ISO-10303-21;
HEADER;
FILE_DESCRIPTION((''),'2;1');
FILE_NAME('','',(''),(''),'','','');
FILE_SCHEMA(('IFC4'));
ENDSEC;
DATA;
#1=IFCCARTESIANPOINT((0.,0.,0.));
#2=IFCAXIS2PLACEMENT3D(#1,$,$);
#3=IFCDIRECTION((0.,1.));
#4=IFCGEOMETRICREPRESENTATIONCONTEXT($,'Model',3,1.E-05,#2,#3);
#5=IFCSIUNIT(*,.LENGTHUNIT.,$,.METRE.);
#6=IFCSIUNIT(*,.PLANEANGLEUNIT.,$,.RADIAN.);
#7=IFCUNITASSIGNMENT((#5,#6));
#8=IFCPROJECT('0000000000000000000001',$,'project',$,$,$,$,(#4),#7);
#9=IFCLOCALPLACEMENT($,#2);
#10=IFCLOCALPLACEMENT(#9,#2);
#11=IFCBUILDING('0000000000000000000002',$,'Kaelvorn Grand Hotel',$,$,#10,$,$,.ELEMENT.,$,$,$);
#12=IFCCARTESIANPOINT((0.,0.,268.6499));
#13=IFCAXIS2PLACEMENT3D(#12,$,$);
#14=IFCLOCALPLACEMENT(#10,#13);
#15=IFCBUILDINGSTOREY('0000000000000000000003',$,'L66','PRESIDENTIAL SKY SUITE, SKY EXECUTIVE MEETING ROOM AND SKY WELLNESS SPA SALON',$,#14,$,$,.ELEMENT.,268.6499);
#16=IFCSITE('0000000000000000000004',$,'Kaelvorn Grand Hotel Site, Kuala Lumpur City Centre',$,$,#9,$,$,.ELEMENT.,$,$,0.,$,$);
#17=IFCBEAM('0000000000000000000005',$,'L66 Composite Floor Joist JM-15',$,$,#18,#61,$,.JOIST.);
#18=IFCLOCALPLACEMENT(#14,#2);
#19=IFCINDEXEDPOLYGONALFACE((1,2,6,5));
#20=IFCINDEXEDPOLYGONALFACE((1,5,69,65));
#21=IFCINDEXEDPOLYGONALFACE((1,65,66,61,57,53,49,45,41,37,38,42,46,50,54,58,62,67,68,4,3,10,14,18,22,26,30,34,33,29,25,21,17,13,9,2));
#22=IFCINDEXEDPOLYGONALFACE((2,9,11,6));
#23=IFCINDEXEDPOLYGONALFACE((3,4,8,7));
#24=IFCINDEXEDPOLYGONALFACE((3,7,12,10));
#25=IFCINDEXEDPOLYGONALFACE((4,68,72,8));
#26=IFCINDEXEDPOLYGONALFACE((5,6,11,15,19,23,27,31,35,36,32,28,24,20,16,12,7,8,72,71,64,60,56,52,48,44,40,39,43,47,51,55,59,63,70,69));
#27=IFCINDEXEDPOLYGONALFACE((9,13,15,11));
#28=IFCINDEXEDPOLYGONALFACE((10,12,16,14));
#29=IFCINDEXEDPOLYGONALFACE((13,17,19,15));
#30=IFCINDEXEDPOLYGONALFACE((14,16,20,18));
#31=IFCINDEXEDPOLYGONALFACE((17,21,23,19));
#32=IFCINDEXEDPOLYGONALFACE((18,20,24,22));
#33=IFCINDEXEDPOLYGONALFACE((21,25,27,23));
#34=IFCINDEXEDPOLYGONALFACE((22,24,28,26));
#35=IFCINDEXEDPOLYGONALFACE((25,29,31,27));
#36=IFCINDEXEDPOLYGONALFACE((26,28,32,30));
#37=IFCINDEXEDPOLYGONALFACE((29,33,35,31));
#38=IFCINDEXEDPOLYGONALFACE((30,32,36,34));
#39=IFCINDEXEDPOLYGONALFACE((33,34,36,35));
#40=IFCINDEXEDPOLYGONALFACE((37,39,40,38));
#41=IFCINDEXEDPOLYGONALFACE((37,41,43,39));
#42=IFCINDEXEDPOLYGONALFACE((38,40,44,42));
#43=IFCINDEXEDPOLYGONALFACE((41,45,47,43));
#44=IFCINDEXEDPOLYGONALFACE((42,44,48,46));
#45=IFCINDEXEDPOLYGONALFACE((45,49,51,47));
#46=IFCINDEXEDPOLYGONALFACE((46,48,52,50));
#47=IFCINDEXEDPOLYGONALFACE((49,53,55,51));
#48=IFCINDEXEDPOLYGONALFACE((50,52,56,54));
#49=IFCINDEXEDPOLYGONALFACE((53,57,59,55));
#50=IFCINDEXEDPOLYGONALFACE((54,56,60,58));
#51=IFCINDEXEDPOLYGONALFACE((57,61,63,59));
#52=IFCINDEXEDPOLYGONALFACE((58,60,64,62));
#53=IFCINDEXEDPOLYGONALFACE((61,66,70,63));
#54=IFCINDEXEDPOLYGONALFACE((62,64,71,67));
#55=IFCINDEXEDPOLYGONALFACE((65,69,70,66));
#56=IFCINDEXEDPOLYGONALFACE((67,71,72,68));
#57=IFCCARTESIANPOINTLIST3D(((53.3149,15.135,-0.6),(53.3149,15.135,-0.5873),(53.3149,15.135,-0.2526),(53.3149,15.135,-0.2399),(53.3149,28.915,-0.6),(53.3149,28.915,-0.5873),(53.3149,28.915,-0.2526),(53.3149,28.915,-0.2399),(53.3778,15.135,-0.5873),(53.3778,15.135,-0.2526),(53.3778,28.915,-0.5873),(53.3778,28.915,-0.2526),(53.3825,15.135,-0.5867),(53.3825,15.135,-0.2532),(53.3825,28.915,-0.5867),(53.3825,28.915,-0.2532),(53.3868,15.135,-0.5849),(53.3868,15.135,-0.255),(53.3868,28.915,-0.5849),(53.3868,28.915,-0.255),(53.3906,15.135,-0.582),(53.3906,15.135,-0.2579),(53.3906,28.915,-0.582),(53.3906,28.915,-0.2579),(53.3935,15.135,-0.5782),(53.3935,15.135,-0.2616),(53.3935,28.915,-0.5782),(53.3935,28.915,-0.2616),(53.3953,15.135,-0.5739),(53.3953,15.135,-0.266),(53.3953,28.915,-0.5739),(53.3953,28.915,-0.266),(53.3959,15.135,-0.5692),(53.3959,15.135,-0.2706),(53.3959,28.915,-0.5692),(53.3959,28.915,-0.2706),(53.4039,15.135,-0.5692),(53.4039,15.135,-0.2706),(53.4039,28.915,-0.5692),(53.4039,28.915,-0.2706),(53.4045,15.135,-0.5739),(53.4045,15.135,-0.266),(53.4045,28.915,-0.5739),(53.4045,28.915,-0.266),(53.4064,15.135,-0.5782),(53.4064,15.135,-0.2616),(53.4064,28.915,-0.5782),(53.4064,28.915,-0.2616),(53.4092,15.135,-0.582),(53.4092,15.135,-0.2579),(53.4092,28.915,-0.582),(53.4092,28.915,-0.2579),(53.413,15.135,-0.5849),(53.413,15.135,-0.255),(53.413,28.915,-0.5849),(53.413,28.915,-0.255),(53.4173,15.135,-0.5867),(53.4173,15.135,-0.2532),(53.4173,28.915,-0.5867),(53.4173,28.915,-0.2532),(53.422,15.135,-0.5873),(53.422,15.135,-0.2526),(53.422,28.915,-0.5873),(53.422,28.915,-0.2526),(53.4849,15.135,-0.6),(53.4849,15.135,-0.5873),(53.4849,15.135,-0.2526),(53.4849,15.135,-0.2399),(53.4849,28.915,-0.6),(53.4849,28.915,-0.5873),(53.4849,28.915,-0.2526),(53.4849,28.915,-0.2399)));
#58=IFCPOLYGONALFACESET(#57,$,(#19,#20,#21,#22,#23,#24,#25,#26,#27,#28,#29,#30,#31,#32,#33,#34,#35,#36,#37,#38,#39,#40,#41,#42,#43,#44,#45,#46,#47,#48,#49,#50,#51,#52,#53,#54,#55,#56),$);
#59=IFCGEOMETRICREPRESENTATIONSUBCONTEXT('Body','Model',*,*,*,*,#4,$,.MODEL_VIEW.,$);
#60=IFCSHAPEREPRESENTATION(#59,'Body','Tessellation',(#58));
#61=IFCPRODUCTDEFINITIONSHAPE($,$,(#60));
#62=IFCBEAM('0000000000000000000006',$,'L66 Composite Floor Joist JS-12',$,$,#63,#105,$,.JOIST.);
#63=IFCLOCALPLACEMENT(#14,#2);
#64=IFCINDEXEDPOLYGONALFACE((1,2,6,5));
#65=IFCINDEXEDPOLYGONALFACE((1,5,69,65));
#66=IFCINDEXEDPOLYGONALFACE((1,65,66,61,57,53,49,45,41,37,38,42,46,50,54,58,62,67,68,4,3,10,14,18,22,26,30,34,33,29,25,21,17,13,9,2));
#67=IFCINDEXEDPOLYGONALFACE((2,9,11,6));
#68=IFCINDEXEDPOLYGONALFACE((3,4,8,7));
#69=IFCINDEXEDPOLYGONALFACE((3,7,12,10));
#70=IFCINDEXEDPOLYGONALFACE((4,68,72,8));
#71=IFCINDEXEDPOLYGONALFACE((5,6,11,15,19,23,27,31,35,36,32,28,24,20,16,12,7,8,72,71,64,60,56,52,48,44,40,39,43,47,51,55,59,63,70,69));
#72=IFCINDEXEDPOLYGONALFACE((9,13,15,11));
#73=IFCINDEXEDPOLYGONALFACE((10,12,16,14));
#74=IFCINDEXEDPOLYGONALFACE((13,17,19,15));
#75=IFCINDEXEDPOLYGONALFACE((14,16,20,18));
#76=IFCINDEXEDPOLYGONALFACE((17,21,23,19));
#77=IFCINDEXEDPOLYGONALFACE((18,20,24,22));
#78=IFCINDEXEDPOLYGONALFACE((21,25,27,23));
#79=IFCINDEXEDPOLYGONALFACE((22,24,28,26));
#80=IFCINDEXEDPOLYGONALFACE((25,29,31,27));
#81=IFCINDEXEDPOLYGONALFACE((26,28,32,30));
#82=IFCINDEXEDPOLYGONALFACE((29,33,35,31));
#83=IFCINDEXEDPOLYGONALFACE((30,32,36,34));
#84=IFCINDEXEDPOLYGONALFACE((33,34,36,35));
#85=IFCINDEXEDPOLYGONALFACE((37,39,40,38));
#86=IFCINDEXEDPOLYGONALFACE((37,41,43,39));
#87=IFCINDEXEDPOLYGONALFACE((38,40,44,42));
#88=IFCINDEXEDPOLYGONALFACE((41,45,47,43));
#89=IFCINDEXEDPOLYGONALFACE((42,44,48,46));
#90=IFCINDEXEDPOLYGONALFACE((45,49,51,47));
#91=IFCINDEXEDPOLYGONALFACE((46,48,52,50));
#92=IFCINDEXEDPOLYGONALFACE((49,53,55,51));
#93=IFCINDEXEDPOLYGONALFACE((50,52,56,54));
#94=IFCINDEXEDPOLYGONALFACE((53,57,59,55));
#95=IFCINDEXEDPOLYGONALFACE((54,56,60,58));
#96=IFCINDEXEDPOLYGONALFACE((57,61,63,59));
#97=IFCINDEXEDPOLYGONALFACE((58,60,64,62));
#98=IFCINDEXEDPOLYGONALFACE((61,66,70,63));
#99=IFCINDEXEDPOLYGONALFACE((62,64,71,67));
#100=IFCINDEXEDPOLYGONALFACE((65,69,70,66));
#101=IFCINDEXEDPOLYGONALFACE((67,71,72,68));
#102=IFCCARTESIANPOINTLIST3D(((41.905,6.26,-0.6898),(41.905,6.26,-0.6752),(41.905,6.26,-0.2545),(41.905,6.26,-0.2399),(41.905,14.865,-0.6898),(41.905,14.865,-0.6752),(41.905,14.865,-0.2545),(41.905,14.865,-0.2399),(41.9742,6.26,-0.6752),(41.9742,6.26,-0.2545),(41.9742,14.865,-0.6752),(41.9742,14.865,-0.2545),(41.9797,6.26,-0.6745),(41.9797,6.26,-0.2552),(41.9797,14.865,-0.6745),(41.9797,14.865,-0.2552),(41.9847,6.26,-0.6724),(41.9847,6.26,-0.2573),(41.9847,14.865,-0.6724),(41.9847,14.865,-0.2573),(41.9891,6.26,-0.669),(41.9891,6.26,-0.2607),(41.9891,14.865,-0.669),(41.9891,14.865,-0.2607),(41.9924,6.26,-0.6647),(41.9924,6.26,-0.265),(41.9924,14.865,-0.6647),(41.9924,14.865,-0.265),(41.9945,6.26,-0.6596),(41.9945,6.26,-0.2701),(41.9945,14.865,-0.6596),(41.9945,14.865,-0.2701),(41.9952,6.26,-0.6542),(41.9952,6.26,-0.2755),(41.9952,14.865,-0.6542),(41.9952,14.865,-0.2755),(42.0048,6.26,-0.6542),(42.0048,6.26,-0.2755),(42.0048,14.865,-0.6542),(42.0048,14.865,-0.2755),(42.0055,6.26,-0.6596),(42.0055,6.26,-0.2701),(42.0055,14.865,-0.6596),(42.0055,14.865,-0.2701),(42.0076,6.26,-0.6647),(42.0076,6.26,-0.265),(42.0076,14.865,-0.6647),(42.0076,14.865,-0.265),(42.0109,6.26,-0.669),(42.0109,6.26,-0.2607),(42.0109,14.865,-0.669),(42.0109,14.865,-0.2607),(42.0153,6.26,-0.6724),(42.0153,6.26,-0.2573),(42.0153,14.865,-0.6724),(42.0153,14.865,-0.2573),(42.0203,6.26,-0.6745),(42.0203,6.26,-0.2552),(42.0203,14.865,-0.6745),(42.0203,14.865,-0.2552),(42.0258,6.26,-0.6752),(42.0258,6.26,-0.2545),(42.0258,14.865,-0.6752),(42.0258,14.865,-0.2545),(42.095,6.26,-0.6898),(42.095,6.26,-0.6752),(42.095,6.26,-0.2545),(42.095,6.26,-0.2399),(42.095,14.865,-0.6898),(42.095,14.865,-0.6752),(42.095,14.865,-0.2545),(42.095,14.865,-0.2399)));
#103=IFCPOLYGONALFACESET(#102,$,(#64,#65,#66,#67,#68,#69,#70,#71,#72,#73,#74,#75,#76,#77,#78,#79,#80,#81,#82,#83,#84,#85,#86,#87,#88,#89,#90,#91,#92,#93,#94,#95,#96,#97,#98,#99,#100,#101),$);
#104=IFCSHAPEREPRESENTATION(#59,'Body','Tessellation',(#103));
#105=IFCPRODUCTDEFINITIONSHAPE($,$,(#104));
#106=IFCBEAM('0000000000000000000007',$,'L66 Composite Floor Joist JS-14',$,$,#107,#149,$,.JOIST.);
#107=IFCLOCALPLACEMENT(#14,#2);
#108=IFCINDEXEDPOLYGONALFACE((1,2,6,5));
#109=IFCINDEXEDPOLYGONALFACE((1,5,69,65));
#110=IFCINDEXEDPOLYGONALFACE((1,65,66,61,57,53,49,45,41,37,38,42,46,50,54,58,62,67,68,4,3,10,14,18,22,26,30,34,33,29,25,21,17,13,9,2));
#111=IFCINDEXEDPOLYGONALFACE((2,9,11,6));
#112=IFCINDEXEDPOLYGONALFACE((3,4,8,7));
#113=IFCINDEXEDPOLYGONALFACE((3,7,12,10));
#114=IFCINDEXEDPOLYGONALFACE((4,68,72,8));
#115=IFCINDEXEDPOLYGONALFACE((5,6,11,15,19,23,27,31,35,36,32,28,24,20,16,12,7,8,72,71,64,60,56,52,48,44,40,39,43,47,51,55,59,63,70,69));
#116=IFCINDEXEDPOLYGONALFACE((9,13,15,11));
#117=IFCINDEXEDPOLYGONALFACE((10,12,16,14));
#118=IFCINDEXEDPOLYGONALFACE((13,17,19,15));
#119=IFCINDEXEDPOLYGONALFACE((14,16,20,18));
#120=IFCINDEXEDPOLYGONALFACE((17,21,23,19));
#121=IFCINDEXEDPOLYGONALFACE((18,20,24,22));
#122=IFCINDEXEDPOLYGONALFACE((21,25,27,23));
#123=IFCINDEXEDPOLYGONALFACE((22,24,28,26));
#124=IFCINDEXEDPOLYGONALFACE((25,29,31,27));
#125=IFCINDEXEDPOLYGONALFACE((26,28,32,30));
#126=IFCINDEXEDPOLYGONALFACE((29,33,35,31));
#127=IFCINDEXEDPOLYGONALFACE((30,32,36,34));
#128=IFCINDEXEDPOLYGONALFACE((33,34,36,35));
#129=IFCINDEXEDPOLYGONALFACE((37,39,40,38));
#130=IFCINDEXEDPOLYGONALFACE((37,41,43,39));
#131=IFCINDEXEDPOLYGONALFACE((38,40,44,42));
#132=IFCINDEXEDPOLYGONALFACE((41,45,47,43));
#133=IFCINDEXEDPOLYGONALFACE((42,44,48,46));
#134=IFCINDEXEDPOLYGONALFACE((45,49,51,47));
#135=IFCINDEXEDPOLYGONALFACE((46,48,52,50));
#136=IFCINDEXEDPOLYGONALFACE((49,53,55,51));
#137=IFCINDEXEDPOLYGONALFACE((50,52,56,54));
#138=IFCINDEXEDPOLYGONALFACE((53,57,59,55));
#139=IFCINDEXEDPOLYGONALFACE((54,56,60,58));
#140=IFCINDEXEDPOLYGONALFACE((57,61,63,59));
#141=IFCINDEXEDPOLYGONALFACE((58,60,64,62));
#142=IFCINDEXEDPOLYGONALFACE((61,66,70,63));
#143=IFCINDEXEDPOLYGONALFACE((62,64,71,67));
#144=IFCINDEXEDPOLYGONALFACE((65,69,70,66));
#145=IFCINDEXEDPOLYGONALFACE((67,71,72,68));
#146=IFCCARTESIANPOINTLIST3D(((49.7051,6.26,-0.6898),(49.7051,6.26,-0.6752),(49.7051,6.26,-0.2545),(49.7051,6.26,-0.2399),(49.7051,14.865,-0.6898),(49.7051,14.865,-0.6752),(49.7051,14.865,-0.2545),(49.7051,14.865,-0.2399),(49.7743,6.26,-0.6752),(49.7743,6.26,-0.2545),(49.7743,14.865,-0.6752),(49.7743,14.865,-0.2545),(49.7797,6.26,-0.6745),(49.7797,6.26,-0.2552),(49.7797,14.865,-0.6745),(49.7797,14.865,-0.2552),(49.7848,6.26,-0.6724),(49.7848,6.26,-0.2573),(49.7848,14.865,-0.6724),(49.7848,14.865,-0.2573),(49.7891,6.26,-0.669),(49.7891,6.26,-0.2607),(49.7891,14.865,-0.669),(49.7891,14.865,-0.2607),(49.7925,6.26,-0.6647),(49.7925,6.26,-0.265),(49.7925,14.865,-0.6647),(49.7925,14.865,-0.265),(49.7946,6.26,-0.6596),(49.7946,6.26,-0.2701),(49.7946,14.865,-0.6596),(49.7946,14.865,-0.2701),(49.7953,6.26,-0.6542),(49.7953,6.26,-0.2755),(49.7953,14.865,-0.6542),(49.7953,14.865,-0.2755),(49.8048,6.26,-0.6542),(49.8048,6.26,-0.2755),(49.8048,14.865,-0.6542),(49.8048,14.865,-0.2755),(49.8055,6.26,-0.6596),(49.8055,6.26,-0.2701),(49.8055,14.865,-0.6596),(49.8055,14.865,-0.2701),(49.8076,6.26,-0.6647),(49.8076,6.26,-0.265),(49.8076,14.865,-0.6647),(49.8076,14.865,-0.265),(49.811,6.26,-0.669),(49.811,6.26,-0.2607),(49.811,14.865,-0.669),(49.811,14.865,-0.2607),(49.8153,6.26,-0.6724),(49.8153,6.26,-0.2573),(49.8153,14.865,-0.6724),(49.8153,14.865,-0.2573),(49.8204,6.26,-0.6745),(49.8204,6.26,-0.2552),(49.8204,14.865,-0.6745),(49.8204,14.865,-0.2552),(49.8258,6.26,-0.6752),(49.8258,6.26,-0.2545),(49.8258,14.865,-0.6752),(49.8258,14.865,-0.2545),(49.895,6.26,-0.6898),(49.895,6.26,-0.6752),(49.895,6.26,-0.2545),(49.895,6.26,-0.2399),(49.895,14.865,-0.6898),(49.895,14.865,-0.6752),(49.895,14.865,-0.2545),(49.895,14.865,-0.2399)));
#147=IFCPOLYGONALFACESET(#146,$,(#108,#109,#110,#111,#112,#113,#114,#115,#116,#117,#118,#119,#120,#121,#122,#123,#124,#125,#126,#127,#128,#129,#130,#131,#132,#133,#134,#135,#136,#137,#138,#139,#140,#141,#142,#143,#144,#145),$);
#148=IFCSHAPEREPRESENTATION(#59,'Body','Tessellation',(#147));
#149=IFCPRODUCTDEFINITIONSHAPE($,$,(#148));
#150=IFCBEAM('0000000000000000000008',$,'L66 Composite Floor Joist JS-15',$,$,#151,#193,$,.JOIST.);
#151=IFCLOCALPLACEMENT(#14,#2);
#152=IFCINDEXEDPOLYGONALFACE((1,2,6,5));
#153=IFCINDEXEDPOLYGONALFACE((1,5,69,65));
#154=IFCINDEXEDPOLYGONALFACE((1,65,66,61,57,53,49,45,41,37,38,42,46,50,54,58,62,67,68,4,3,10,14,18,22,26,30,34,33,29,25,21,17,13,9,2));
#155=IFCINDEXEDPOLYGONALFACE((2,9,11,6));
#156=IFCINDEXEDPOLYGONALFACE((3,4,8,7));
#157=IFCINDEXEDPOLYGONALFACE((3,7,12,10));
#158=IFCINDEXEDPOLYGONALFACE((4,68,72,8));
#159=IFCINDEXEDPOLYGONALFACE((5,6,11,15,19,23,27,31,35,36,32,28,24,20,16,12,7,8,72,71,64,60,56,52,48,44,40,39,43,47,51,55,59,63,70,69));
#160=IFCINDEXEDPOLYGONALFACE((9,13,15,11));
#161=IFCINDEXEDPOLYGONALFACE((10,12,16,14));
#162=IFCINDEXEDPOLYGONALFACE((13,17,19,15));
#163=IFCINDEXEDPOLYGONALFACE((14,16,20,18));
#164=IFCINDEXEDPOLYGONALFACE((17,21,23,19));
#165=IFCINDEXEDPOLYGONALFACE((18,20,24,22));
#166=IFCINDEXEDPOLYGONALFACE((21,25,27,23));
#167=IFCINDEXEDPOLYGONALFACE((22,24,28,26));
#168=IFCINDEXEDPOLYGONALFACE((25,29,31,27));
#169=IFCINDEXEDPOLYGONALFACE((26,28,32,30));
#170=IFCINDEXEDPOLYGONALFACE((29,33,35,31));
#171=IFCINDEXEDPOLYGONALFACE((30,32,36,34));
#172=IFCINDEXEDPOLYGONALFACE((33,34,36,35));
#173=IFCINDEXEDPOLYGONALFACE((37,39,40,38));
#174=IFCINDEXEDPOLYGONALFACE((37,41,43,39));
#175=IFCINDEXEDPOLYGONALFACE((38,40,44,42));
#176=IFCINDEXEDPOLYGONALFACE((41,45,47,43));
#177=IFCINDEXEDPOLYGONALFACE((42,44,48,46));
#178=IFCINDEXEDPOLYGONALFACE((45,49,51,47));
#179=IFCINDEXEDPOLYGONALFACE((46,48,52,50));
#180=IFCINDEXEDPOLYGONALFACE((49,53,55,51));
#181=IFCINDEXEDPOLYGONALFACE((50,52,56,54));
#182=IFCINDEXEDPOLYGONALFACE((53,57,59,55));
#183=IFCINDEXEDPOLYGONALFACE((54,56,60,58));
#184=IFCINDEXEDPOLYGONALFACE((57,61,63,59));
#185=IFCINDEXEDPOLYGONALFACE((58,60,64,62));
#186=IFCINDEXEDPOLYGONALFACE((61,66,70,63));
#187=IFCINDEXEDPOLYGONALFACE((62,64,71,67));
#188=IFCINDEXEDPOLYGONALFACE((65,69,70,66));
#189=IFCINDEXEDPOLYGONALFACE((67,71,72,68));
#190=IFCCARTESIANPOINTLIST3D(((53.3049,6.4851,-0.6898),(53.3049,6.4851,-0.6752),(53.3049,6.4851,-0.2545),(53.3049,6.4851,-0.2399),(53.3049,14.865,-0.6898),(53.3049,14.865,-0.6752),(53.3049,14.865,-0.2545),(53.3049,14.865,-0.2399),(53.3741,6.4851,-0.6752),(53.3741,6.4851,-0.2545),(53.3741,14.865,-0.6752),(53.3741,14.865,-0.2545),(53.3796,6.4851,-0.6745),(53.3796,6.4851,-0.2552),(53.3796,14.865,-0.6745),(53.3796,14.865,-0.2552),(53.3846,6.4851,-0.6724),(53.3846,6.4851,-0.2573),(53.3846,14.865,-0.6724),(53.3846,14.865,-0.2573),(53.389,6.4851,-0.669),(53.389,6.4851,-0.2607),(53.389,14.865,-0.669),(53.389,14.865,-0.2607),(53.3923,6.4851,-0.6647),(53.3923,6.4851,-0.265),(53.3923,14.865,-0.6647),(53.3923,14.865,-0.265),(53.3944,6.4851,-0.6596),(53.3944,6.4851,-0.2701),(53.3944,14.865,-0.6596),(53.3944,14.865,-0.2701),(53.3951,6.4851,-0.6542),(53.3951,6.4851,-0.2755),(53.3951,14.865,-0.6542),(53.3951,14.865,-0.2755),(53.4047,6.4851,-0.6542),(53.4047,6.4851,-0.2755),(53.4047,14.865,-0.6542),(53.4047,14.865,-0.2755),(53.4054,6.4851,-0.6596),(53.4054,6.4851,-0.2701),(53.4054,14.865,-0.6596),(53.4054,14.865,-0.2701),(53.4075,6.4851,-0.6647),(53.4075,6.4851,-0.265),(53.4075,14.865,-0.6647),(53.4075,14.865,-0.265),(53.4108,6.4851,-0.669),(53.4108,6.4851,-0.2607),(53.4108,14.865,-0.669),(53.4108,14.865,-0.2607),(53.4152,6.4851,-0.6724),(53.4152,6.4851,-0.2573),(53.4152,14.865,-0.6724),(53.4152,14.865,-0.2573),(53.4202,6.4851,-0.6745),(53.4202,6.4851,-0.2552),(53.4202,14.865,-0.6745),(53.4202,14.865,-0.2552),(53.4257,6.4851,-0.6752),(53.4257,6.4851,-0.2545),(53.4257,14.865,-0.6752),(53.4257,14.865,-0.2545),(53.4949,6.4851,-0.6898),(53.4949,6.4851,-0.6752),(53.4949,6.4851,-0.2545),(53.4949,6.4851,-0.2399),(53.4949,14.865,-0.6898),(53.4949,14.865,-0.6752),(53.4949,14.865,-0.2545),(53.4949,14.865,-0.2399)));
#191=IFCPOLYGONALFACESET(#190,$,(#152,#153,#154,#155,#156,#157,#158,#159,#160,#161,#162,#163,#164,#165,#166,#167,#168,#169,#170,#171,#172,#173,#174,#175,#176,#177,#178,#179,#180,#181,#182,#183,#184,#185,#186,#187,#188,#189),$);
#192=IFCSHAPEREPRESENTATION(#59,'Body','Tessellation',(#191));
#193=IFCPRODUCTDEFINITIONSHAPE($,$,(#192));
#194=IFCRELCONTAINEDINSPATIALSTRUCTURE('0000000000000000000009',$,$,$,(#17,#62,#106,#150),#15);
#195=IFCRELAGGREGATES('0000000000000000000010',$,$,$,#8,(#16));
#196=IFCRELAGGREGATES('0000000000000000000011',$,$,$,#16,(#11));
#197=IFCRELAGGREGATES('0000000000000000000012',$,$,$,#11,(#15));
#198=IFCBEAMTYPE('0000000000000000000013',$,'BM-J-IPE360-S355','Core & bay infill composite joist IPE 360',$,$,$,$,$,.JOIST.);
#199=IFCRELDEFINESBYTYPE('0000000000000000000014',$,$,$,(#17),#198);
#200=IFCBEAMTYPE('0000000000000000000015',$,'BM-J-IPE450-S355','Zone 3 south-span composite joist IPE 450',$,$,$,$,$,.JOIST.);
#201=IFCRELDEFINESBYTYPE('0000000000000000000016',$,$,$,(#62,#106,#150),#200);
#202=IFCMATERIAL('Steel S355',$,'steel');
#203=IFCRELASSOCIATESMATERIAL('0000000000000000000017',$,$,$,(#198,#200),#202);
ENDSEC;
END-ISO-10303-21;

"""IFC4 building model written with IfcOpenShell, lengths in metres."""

from ifc_helpers import new_model, si_unit, direction, frame, origin, origin_2d, place, context, subcontext, project, spatial, i_section, extrude, material, material_profile, profile_set, type_object, element, save


model = new_model("IFC4")

# Units and contexts
model_context = context("Model", 3, precision=1e-05, world=origin(), true_north=direction((0.0, 1.0)))
body_context = subcontext(model_context, "Body", "Model", "MODEL_VIEW")
ifc_project = project(units=[si_unit("LENGTHUNIT", "METRE"), si_unit("PLANEANGLEUNIT", "RADIAN")], contexts=[model_context])

# Site, building, storey
site_placement = place(None, origin())
site = spatial("IfcSite", under=ifc_project, at=site_placement, Name="Kaelvorn Grand Hotel Site, Kuala Lumpur City Centre", CompositionType="ELEMENT", RefElevation=0.0)
building_placement = place(site_placement, origin())
building = spatial("IfcBuilding", under=site, at=building_placement, Name="Kaelvorn Grand Hotel", CompositionType="ELEMENT")
storey_placement = place(building_placement, frame((0.0, 0.0, 268.6499)))
storey = spatial("IfcBuildingStorey", under=building, at=storey_placement, Name="L66", Description="PRESIDENTIAL SKY SUITE, SKY EXECUTIVE MEETING ROOM AND SKY WELLNESS SPA SALON", CompositionType="ELEMENT", Elevation=268.6499)

# Beams
ifc_material_1 = material(Name="Steel S355", Category="steel")
ifc_material_profile_1 = material_profile(ifc_material_1, i_section(OverallWidth=0.1699, OverallDepth=0.3601, WebThickness=0.0081, FlangeThickness=0.0127, FilletRadius=0.0181, at=origin_2d()), Name="IPE 360")
ifc_profile_set_1 = profile_set([ifc_material_profile_1], Name="Steel S355")
beam_type_1 = type_object("IfcBeamType", Name="BM-J-IPE360-S355", Description="Core & bay infill composite joist IPE 360", PredefinedType="JOIST", material=ifc_profile_set_1)
beam_1_placement = place(storey_placement, frame((53.3999, 15.135, -0.4199), z_axis=(0.0, 1.0, 0.0), x_axis=(-1.0, 0.0, 0.0)))
element("IfcBeam", 1, at=beam_1_placement, inside=storey, type_object=beam_type_1, Name="L66 Composite Floor Joist JM-15", PredefinedType="JOIST", context=body_context, shape_type="SweptSolid", body=[
    extrude(i_section(OverallWidth=0.1699, OverallDepth=0.3601, WebThickness=0.0081, FlangeThickness=0.0127, FilletRadius=0.0181, at=origin_2d()), origin(), (0.0, 0.0, 1.0), 13.78),
])
ifc_material_profile_2 = material_profile(ifc_material_1, i_section(OverallWidth=0.1899, OverallDepth=0.45, WebThickness=0.0095, FlangeThickness=0.0146, FilletRadius=0.021, at=origin_2d()), Name="IPE 450")
ifc_profile_set_2 = profile_set([ifc_material_profile_2], Name="Steel S355")
beam_type_2 = type_object("IfcBeamType", Name="BM-J-IPE450-S355", Description="Zone 3 south-span composite joist IPE 450", PredefinedType="JOIST", material=ifc_profile_set_2)
for number, where, z_axis, x_axis, name in (
    (2, (42.0, 6.26, -0.4648), (0.0, 1.0, 0.0), (-1.0, 0.0, 0.0), "L66 Composite Floor Joist JS-12"),
    (3, (49.8, 6.26, -0.4648), (0.0, 1.0, 0.0), (-1.0, 0.0, 0.0), "L66 Composite Floor Joist JS-14"),
):
    element("IfcBeam", number, at=place(storey_placement, frame(where, z_axis=z_axis, x_axis=x_axis)), inside=storey, type_object=beam_type_2, Name=name, PredefinedType="JOIST", context=body_context, shape_type="SweptSolid", body=[
        extrude(i_section(OverallWidth=0.1899, OverallDepth=0.45, WebThickness=0.0095, FlangeThickness=0.0146, FilletRadius=0.021, at=origin_2d()), origin(), (0.0, 0.0, 1.0), 8.605),
    ])
beam_2_placement = place(storey_placement, frame((53.3999, 6.4851, -0.4648), z_axis=(0.0, 1.0, 0.0), x_axis=(-1.0, 0.0, 0.0)))
element("IfcBeam", 4, at=beam_2_placement, inside=storey, type_object=beam_type_2, Name="L66 Composite Floor Joist JS-15", PredefinedType="JOIST", context=body_context, shape_type="SweptSolid", body=[
    extrude(i_section(OverallWidth=0.1899, OverallDepth=0.45, WebThickness=0.0095, FlangeThickness=0.0146, FilletRadius=0.021, at=origin_2d()), origin(), (0.0, 0.0, 1.0), 8.3799),
])

save(model, "model.ifc")
